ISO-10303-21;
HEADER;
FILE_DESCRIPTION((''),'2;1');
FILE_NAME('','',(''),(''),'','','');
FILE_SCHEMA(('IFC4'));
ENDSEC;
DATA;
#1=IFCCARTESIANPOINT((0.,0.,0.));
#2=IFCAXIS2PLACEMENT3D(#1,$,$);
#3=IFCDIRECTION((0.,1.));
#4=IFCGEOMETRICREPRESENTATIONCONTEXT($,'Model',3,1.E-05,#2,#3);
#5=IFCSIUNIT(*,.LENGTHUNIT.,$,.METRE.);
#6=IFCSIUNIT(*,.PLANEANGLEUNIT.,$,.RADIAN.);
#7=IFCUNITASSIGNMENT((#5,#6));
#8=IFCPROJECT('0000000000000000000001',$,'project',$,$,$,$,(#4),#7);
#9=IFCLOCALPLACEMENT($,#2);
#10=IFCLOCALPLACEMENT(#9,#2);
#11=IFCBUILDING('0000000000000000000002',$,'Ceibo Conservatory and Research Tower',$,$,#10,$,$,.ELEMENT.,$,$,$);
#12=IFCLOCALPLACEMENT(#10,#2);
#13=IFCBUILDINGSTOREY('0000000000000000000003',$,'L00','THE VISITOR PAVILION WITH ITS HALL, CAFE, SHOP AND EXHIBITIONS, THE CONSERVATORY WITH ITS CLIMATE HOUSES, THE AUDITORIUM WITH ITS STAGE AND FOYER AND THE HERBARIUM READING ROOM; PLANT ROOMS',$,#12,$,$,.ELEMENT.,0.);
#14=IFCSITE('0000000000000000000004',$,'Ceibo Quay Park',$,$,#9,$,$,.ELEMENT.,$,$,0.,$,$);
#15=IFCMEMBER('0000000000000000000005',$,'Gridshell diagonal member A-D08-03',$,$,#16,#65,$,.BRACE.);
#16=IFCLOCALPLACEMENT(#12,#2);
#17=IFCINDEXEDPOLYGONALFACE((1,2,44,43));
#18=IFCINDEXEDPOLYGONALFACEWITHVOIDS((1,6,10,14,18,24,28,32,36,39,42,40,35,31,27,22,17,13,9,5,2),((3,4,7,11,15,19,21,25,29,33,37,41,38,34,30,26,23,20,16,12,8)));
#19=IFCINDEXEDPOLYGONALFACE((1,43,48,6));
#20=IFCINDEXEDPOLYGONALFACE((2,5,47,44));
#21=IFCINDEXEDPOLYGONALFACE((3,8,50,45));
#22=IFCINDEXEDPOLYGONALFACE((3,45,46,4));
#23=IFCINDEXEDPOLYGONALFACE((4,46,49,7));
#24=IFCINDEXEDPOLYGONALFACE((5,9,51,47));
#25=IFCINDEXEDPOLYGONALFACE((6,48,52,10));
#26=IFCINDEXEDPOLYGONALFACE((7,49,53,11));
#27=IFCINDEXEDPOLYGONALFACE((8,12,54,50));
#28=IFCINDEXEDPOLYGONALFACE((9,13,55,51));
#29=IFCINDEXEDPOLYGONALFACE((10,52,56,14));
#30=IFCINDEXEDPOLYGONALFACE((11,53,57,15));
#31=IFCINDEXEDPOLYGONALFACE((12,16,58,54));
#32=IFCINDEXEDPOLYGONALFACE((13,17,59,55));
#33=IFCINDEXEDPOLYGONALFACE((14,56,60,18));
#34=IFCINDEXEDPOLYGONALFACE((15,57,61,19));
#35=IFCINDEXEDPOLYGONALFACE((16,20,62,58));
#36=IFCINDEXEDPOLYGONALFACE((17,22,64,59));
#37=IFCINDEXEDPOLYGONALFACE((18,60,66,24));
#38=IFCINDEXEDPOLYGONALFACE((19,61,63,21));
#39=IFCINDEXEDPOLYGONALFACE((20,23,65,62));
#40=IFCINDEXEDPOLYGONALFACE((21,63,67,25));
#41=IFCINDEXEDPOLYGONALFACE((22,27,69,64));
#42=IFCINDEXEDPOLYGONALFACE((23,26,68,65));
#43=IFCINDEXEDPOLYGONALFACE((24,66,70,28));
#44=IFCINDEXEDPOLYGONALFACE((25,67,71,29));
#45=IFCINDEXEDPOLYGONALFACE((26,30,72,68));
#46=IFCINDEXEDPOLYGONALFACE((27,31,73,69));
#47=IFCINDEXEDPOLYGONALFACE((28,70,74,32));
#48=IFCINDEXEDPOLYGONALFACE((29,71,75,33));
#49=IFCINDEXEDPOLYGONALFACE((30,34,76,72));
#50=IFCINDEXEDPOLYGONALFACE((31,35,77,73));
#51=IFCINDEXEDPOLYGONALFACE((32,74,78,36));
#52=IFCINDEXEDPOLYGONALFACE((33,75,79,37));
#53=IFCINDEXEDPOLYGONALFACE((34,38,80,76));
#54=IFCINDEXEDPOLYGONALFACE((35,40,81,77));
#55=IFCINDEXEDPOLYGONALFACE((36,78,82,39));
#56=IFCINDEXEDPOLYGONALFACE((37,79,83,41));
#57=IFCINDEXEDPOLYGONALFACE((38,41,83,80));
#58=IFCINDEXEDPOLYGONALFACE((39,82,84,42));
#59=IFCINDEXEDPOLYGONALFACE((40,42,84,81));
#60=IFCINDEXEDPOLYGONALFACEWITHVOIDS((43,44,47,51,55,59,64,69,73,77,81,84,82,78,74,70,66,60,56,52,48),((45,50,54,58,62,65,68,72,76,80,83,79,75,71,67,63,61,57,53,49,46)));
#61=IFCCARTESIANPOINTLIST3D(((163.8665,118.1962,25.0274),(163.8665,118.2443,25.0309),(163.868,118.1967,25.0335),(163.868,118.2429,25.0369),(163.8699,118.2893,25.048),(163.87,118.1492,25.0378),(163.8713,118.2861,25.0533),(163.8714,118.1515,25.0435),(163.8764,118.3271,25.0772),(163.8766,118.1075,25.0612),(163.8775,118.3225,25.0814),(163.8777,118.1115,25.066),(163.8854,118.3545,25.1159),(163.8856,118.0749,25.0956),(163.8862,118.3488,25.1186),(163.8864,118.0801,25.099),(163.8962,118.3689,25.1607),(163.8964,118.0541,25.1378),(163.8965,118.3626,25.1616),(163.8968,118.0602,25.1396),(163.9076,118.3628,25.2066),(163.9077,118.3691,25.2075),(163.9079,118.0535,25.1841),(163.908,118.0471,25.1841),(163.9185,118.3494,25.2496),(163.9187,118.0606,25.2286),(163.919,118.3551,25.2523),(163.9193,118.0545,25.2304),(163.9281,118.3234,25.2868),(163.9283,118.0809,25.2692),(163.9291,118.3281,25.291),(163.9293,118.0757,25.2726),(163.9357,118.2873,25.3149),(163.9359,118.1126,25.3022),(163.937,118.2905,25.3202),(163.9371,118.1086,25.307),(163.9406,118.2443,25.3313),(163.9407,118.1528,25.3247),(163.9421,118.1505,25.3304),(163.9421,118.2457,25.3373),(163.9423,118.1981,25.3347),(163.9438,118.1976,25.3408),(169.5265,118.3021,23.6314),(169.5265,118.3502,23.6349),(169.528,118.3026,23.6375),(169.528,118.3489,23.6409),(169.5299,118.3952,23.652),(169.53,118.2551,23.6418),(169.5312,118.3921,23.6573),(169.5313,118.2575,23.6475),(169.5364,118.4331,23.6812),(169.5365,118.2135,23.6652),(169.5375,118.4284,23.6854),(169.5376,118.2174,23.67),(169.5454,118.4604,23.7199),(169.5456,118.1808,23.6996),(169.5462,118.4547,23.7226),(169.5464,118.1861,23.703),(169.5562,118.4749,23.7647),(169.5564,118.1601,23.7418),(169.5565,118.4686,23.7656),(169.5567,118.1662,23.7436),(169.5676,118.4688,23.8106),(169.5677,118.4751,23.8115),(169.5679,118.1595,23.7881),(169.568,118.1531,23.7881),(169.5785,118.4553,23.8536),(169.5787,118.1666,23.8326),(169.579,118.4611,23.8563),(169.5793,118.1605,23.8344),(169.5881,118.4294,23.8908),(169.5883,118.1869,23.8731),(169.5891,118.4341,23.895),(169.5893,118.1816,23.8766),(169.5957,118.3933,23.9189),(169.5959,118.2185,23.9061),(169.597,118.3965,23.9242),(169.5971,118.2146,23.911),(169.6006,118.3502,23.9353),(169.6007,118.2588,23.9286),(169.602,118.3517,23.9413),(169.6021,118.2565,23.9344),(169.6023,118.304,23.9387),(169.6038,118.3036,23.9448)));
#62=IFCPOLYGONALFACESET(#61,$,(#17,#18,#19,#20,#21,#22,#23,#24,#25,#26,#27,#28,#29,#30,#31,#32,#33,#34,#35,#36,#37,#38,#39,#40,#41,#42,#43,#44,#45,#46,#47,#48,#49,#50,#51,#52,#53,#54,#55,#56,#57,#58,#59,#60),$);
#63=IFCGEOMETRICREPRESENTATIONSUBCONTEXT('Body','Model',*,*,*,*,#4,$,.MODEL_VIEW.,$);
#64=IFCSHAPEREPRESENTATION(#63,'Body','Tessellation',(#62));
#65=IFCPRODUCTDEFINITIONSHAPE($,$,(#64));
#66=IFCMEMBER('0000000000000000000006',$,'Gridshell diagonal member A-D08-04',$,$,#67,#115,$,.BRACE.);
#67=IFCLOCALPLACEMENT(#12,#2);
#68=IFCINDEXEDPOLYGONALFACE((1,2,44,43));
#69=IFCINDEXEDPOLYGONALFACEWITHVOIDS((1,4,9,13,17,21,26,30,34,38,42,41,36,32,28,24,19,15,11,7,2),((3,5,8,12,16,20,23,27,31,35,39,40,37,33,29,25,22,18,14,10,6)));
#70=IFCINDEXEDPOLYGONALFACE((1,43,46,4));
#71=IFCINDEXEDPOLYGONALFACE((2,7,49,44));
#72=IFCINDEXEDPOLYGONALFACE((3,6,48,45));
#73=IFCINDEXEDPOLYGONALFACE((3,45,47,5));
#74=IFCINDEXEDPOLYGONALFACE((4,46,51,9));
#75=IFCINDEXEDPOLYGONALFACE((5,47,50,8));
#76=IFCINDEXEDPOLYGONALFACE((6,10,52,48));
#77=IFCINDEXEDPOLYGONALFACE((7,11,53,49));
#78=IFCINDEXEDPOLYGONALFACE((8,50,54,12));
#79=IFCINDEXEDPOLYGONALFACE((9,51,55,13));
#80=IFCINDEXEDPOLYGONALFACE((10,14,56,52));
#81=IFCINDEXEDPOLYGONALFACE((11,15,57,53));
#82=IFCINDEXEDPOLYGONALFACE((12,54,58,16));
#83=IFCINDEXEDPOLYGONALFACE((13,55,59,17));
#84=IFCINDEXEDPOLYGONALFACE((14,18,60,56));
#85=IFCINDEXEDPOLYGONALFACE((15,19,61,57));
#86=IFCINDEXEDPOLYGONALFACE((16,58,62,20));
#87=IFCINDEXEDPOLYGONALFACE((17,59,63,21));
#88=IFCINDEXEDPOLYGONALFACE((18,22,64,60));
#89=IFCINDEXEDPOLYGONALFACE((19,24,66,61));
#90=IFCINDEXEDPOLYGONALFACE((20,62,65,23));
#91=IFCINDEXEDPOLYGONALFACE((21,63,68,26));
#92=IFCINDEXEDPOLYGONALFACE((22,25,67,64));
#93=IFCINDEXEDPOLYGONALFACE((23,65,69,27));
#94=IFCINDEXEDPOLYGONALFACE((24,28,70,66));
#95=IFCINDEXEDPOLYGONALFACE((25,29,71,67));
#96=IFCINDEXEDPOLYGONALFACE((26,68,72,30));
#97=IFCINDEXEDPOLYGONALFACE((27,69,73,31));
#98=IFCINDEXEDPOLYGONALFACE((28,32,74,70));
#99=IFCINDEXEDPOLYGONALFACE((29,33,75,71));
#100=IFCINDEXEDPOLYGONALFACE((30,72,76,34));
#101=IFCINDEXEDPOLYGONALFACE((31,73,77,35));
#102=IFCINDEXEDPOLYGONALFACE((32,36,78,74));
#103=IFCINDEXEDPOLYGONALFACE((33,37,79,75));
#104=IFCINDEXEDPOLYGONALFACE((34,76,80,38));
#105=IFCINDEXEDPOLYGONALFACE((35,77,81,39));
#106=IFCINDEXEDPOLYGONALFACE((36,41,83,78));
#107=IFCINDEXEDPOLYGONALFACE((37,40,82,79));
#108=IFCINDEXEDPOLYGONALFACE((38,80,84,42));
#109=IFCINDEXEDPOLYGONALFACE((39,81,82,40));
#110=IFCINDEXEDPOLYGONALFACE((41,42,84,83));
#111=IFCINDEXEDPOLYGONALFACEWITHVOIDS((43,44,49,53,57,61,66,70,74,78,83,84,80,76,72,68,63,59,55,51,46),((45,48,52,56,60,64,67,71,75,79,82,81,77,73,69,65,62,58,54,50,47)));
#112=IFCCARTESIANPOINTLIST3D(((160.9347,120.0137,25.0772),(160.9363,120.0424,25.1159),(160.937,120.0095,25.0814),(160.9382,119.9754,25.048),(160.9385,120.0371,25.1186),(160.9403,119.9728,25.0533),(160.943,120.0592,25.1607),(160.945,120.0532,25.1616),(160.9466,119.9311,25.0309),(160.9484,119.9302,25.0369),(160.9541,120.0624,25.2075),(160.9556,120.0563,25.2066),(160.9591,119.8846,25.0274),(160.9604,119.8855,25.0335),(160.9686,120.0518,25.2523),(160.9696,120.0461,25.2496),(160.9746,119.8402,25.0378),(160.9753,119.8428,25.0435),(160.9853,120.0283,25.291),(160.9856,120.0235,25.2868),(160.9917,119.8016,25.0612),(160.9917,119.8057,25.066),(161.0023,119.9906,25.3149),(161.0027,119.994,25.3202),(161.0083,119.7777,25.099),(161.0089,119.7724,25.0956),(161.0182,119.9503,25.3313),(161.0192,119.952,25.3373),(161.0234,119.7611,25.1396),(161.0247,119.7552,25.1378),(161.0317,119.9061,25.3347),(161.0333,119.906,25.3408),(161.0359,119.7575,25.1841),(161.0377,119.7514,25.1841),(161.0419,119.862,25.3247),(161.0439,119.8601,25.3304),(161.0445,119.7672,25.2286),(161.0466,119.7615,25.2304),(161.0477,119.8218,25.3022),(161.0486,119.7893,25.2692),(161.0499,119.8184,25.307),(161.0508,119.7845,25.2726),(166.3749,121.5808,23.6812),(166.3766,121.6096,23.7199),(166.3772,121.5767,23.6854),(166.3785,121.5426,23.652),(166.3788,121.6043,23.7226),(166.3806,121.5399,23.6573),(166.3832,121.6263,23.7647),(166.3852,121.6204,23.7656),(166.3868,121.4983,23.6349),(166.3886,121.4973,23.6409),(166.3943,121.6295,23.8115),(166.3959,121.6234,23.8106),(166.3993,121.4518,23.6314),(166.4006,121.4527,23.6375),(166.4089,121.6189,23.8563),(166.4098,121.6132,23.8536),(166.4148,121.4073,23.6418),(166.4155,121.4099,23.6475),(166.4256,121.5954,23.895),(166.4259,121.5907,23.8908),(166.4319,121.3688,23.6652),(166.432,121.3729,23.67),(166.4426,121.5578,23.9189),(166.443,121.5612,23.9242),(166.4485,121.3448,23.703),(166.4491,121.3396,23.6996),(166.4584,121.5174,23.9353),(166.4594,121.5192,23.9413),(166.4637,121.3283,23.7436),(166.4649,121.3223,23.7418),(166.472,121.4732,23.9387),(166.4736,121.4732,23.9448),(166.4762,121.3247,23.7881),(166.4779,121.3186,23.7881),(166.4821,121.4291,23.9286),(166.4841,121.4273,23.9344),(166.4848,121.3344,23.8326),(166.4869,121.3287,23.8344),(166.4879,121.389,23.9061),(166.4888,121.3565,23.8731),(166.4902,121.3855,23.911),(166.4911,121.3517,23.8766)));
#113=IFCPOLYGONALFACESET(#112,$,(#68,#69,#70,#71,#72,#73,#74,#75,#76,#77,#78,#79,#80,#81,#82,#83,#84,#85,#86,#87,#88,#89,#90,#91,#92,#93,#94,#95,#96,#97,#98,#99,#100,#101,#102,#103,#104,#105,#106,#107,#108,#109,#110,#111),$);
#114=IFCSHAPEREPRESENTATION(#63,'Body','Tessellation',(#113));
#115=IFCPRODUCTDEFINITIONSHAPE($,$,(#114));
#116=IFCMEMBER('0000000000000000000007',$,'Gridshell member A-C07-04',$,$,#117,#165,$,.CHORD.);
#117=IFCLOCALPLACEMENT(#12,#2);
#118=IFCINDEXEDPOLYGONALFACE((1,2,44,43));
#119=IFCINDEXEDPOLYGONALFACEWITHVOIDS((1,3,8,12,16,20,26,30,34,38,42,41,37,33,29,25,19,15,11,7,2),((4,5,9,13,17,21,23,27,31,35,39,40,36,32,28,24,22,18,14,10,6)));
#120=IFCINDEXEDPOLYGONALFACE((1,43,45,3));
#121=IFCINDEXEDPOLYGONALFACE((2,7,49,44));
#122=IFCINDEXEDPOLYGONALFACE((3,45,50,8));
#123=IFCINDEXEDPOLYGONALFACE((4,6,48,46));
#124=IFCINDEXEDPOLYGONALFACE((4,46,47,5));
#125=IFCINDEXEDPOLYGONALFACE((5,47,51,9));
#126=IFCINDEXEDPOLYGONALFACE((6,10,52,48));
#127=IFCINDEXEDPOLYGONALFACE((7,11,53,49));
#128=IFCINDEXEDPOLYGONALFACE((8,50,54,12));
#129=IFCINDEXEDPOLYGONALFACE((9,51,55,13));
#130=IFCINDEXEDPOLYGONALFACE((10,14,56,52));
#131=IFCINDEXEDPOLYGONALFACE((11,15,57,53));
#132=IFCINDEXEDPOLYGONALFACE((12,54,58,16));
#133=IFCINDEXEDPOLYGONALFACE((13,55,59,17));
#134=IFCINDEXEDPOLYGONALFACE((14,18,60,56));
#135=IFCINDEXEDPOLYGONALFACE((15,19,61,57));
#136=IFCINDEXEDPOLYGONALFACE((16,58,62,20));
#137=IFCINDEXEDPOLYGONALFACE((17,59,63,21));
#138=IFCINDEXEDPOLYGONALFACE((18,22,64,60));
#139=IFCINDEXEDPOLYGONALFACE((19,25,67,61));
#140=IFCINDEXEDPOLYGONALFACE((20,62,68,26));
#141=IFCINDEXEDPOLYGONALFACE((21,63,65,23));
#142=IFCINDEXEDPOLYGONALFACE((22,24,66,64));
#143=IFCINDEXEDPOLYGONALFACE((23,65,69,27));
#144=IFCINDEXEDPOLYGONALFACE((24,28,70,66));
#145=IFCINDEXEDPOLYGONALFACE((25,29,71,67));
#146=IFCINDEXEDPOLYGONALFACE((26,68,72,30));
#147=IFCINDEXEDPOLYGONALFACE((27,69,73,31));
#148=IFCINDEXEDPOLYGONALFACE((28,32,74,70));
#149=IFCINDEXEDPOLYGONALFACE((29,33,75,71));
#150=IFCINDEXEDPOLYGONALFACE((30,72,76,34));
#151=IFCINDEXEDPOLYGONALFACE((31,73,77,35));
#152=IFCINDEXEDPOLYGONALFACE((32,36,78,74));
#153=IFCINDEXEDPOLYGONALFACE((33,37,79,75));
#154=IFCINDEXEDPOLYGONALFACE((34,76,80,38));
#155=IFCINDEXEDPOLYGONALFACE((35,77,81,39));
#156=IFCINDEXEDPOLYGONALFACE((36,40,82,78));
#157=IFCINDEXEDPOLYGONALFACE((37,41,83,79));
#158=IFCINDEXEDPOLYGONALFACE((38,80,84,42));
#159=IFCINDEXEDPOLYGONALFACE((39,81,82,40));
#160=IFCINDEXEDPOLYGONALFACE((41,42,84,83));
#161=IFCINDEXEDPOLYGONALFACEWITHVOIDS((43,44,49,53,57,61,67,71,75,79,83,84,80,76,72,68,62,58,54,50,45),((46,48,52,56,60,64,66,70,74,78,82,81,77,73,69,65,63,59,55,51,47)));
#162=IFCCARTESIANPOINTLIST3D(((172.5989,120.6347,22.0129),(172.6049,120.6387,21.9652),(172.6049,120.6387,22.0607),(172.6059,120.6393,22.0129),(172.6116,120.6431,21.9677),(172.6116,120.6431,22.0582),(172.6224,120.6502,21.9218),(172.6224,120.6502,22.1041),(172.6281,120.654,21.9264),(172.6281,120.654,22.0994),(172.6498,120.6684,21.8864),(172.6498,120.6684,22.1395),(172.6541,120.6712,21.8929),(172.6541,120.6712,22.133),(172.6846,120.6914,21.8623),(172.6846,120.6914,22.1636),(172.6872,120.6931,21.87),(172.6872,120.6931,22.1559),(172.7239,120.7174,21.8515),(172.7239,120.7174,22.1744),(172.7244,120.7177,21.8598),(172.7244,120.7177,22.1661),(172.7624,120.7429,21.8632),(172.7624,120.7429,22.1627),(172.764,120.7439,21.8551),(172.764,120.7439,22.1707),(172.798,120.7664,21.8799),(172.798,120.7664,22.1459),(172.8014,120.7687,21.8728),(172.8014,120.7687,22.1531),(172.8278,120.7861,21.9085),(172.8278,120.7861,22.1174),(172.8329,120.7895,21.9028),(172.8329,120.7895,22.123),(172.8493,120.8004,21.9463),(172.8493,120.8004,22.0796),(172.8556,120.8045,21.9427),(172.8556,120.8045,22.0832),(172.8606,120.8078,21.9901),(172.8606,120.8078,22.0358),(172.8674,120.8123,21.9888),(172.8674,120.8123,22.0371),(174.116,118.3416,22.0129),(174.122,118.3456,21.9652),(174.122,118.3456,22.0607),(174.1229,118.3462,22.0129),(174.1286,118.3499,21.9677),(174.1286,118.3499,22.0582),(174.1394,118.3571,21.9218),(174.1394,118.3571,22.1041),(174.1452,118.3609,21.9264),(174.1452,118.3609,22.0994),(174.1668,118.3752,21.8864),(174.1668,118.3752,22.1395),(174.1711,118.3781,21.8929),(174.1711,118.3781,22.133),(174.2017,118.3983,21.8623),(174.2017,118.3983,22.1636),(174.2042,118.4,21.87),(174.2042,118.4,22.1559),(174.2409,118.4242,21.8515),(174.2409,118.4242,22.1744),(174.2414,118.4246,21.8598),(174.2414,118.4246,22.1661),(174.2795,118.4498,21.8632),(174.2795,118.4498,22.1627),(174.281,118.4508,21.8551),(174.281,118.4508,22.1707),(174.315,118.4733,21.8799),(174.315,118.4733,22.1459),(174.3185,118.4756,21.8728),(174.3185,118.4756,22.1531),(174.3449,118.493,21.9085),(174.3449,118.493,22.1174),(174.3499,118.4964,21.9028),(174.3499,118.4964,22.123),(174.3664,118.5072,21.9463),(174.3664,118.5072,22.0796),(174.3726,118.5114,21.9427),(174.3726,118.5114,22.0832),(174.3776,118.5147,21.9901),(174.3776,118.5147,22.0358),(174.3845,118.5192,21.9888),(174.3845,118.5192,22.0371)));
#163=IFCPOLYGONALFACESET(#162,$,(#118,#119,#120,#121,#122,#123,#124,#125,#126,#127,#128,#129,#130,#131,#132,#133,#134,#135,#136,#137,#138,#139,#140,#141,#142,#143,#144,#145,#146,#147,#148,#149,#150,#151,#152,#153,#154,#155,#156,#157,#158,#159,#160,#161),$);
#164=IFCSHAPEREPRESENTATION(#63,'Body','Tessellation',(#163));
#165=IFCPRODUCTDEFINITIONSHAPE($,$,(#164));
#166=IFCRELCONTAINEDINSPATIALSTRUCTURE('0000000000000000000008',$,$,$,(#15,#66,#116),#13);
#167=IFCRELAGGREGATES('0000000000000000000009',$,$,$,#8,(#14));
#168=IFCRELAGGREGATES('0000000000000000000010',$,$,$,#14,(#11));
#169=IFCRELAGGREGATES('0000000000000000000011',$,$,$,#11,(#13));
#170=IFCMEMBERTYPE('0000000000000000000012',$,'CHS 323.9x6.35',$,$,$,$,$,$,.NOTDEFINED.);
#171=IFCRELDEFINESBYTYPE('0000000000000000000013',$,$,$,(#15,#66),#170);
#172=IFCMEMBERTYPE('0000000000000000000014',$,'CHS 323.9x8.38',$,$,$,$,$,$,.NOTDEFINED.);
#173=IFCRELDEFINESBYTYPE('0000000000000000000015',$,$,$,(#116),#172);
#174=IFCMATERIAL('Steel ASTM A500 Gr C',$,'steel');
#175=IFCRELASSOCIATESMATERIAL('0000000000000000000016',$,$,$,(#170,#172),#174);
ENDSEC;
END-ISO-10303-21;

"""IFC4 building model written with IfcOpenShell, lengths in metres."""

from ifc_helpers import new_model, si_unit, direction, frame, origin, origin_2d, place, context, subcontext, project, spatial, hollow_circle, extrude, material, material_profile, profile_set, type_object, element, save


model = new_model("IFC4")

# Units and contexts
model_context = context("Model", 3, precision=1e-05, world=origin(), true_north=direction((0.0, 1.0)))
body_context = subcontext(model_context, "Body", "Model", "MODEL_VIEW")
ifc_project = project(units=[si_unit("LENGTHUNIT", "METRE"), si_unit("PLANEANGLEUNIT", "RADIAN")], contexts=[model_context])

# Site, building, storey
site_placement = place(None, origin())
site = spatial("IfcSite", under=ifc_project, at=site_placement, Name="Ceibo Quay Park", CompositionType="ELEMENT", RefElevation=0.0)
building_placement = place(site_placement, origin())
building = spatial("IfcBuilding", under=site, at=building_placement, Name="Ceibo Conservatory and Research Tower", CompositionType="ELEMENT")
storey_placement = place(building_placement, origin())
storey = spatial("IfcBuildingStorey", under=building, at=storey_placement, Name="L00", Description="THE VISITOR PAVILION WITH ITS HALL, CAFE, SHOP AND EXHIBITIONS, THE CONSERVATORY WITH ITS CLIMATE HOUSES, THE AUDITORIUM WITH ITS STAGE AND FOYER AND THE HERBARIUM READING ROOM; PLANT ROOMS", CompositionType="ELEMENT", Elevation=0.0)

# Members
ifc_material_1 = material(Name="Steel ASTM A500 Gr C", Category="steel")
ifc_material_profile_1 = material_profile(ifc_material_1, hollow_circle(Radius=0.1619, WallThickness=0.0063, at=origin_2d()), Name="CHS 323.9x6.35")
ifc_profile_set_1 = profile_set([ifc_material_profile_1], Name="Steel ASTM A500 Gr C")
member_type_1 = type_object("IfcMemberType", Name="CHS 323.9x6.35", PredefinedType="NOTDEFINED", material=ifc_profile_set_1)
member_1_placement = place(storey_placement, frame((169.5649, 118.3149, 23.7881), z_axis=(-0.970743, -0.018173, 0.23943), x_axis=(0.018717, -0.999825, 0.0)))
element("IfcMember", 1, at=member_1_placement, inside=storey, type_object=member_type_1, Name="Gridshell diagonal member A-D08-03", PredefinedType="BRACE", context=body_context, shape_type="SweptSolid", body=[
    extrude(hollow_circle(Radius=0.1619, WallThickness=0.0063, at=origin_2d()), origin(), (0.0, 0.0, 1.0), 5.8306),
])
member_2_placement = place(storey_placement, frame((166.4331, 121.4741, 23.7881), z_axis=(-0.932979, -0.268761, 0.23941), x_axis=(0.276811, -0.960924, 0.0)))
element("IfcMember", 2, at=member_2_placement, inside=storey, type_object=member_type_1, Name="Gridshell diagonal member A-D08-04", PredefinedType="BRACE", context=body_context, shape_type="SweptSolid", body=[
    extrude(hollow_circle(Radius=0.1619, WallThickness=0.0063, at=origin_2d()), origin(), (0.0, 0.0, 1.0), 5.8311),
])
ifc_material_profile_2 = material_profile(ifc_material_1, hollow_circle(Radius=0.1619, WallThickness=0.0083, at=origin_2d()), Name="CHS 323.9x8.38")
ifc_profile_set_2 = profile_set([ifc_material_profile_2], Name="Steel ASTM A500 Gr C")
member_type_2 = type_object("IfcMemberType", Name="CHS 323.9x8.38", PredefinedType="NOTDEFINED", material=ifc_profile_set_2)
member_3_placement = place(storey_placement, frame((174.251, 118.4309, 22.0129), z_axis=(-0.551746, 0.834012, 0.0), x_axis=(-0.834012, -0.551746, 0.0)))
element("IfcMember", 3, at=member_3_placement, inside=storey, type_object=member_type_2, Name="Gridshell member A-C07-04", PredefinedType="CHORD", context=body_context, shape_type="SweptSolid", body=[
    extrude(hollow_circle(Radius=0.1619, WallThickness=0.0083, at=origin_2d()), origin(), (0.0, 0.0, 1.0), 2.7495),
])

save(model, "model.ifc")
